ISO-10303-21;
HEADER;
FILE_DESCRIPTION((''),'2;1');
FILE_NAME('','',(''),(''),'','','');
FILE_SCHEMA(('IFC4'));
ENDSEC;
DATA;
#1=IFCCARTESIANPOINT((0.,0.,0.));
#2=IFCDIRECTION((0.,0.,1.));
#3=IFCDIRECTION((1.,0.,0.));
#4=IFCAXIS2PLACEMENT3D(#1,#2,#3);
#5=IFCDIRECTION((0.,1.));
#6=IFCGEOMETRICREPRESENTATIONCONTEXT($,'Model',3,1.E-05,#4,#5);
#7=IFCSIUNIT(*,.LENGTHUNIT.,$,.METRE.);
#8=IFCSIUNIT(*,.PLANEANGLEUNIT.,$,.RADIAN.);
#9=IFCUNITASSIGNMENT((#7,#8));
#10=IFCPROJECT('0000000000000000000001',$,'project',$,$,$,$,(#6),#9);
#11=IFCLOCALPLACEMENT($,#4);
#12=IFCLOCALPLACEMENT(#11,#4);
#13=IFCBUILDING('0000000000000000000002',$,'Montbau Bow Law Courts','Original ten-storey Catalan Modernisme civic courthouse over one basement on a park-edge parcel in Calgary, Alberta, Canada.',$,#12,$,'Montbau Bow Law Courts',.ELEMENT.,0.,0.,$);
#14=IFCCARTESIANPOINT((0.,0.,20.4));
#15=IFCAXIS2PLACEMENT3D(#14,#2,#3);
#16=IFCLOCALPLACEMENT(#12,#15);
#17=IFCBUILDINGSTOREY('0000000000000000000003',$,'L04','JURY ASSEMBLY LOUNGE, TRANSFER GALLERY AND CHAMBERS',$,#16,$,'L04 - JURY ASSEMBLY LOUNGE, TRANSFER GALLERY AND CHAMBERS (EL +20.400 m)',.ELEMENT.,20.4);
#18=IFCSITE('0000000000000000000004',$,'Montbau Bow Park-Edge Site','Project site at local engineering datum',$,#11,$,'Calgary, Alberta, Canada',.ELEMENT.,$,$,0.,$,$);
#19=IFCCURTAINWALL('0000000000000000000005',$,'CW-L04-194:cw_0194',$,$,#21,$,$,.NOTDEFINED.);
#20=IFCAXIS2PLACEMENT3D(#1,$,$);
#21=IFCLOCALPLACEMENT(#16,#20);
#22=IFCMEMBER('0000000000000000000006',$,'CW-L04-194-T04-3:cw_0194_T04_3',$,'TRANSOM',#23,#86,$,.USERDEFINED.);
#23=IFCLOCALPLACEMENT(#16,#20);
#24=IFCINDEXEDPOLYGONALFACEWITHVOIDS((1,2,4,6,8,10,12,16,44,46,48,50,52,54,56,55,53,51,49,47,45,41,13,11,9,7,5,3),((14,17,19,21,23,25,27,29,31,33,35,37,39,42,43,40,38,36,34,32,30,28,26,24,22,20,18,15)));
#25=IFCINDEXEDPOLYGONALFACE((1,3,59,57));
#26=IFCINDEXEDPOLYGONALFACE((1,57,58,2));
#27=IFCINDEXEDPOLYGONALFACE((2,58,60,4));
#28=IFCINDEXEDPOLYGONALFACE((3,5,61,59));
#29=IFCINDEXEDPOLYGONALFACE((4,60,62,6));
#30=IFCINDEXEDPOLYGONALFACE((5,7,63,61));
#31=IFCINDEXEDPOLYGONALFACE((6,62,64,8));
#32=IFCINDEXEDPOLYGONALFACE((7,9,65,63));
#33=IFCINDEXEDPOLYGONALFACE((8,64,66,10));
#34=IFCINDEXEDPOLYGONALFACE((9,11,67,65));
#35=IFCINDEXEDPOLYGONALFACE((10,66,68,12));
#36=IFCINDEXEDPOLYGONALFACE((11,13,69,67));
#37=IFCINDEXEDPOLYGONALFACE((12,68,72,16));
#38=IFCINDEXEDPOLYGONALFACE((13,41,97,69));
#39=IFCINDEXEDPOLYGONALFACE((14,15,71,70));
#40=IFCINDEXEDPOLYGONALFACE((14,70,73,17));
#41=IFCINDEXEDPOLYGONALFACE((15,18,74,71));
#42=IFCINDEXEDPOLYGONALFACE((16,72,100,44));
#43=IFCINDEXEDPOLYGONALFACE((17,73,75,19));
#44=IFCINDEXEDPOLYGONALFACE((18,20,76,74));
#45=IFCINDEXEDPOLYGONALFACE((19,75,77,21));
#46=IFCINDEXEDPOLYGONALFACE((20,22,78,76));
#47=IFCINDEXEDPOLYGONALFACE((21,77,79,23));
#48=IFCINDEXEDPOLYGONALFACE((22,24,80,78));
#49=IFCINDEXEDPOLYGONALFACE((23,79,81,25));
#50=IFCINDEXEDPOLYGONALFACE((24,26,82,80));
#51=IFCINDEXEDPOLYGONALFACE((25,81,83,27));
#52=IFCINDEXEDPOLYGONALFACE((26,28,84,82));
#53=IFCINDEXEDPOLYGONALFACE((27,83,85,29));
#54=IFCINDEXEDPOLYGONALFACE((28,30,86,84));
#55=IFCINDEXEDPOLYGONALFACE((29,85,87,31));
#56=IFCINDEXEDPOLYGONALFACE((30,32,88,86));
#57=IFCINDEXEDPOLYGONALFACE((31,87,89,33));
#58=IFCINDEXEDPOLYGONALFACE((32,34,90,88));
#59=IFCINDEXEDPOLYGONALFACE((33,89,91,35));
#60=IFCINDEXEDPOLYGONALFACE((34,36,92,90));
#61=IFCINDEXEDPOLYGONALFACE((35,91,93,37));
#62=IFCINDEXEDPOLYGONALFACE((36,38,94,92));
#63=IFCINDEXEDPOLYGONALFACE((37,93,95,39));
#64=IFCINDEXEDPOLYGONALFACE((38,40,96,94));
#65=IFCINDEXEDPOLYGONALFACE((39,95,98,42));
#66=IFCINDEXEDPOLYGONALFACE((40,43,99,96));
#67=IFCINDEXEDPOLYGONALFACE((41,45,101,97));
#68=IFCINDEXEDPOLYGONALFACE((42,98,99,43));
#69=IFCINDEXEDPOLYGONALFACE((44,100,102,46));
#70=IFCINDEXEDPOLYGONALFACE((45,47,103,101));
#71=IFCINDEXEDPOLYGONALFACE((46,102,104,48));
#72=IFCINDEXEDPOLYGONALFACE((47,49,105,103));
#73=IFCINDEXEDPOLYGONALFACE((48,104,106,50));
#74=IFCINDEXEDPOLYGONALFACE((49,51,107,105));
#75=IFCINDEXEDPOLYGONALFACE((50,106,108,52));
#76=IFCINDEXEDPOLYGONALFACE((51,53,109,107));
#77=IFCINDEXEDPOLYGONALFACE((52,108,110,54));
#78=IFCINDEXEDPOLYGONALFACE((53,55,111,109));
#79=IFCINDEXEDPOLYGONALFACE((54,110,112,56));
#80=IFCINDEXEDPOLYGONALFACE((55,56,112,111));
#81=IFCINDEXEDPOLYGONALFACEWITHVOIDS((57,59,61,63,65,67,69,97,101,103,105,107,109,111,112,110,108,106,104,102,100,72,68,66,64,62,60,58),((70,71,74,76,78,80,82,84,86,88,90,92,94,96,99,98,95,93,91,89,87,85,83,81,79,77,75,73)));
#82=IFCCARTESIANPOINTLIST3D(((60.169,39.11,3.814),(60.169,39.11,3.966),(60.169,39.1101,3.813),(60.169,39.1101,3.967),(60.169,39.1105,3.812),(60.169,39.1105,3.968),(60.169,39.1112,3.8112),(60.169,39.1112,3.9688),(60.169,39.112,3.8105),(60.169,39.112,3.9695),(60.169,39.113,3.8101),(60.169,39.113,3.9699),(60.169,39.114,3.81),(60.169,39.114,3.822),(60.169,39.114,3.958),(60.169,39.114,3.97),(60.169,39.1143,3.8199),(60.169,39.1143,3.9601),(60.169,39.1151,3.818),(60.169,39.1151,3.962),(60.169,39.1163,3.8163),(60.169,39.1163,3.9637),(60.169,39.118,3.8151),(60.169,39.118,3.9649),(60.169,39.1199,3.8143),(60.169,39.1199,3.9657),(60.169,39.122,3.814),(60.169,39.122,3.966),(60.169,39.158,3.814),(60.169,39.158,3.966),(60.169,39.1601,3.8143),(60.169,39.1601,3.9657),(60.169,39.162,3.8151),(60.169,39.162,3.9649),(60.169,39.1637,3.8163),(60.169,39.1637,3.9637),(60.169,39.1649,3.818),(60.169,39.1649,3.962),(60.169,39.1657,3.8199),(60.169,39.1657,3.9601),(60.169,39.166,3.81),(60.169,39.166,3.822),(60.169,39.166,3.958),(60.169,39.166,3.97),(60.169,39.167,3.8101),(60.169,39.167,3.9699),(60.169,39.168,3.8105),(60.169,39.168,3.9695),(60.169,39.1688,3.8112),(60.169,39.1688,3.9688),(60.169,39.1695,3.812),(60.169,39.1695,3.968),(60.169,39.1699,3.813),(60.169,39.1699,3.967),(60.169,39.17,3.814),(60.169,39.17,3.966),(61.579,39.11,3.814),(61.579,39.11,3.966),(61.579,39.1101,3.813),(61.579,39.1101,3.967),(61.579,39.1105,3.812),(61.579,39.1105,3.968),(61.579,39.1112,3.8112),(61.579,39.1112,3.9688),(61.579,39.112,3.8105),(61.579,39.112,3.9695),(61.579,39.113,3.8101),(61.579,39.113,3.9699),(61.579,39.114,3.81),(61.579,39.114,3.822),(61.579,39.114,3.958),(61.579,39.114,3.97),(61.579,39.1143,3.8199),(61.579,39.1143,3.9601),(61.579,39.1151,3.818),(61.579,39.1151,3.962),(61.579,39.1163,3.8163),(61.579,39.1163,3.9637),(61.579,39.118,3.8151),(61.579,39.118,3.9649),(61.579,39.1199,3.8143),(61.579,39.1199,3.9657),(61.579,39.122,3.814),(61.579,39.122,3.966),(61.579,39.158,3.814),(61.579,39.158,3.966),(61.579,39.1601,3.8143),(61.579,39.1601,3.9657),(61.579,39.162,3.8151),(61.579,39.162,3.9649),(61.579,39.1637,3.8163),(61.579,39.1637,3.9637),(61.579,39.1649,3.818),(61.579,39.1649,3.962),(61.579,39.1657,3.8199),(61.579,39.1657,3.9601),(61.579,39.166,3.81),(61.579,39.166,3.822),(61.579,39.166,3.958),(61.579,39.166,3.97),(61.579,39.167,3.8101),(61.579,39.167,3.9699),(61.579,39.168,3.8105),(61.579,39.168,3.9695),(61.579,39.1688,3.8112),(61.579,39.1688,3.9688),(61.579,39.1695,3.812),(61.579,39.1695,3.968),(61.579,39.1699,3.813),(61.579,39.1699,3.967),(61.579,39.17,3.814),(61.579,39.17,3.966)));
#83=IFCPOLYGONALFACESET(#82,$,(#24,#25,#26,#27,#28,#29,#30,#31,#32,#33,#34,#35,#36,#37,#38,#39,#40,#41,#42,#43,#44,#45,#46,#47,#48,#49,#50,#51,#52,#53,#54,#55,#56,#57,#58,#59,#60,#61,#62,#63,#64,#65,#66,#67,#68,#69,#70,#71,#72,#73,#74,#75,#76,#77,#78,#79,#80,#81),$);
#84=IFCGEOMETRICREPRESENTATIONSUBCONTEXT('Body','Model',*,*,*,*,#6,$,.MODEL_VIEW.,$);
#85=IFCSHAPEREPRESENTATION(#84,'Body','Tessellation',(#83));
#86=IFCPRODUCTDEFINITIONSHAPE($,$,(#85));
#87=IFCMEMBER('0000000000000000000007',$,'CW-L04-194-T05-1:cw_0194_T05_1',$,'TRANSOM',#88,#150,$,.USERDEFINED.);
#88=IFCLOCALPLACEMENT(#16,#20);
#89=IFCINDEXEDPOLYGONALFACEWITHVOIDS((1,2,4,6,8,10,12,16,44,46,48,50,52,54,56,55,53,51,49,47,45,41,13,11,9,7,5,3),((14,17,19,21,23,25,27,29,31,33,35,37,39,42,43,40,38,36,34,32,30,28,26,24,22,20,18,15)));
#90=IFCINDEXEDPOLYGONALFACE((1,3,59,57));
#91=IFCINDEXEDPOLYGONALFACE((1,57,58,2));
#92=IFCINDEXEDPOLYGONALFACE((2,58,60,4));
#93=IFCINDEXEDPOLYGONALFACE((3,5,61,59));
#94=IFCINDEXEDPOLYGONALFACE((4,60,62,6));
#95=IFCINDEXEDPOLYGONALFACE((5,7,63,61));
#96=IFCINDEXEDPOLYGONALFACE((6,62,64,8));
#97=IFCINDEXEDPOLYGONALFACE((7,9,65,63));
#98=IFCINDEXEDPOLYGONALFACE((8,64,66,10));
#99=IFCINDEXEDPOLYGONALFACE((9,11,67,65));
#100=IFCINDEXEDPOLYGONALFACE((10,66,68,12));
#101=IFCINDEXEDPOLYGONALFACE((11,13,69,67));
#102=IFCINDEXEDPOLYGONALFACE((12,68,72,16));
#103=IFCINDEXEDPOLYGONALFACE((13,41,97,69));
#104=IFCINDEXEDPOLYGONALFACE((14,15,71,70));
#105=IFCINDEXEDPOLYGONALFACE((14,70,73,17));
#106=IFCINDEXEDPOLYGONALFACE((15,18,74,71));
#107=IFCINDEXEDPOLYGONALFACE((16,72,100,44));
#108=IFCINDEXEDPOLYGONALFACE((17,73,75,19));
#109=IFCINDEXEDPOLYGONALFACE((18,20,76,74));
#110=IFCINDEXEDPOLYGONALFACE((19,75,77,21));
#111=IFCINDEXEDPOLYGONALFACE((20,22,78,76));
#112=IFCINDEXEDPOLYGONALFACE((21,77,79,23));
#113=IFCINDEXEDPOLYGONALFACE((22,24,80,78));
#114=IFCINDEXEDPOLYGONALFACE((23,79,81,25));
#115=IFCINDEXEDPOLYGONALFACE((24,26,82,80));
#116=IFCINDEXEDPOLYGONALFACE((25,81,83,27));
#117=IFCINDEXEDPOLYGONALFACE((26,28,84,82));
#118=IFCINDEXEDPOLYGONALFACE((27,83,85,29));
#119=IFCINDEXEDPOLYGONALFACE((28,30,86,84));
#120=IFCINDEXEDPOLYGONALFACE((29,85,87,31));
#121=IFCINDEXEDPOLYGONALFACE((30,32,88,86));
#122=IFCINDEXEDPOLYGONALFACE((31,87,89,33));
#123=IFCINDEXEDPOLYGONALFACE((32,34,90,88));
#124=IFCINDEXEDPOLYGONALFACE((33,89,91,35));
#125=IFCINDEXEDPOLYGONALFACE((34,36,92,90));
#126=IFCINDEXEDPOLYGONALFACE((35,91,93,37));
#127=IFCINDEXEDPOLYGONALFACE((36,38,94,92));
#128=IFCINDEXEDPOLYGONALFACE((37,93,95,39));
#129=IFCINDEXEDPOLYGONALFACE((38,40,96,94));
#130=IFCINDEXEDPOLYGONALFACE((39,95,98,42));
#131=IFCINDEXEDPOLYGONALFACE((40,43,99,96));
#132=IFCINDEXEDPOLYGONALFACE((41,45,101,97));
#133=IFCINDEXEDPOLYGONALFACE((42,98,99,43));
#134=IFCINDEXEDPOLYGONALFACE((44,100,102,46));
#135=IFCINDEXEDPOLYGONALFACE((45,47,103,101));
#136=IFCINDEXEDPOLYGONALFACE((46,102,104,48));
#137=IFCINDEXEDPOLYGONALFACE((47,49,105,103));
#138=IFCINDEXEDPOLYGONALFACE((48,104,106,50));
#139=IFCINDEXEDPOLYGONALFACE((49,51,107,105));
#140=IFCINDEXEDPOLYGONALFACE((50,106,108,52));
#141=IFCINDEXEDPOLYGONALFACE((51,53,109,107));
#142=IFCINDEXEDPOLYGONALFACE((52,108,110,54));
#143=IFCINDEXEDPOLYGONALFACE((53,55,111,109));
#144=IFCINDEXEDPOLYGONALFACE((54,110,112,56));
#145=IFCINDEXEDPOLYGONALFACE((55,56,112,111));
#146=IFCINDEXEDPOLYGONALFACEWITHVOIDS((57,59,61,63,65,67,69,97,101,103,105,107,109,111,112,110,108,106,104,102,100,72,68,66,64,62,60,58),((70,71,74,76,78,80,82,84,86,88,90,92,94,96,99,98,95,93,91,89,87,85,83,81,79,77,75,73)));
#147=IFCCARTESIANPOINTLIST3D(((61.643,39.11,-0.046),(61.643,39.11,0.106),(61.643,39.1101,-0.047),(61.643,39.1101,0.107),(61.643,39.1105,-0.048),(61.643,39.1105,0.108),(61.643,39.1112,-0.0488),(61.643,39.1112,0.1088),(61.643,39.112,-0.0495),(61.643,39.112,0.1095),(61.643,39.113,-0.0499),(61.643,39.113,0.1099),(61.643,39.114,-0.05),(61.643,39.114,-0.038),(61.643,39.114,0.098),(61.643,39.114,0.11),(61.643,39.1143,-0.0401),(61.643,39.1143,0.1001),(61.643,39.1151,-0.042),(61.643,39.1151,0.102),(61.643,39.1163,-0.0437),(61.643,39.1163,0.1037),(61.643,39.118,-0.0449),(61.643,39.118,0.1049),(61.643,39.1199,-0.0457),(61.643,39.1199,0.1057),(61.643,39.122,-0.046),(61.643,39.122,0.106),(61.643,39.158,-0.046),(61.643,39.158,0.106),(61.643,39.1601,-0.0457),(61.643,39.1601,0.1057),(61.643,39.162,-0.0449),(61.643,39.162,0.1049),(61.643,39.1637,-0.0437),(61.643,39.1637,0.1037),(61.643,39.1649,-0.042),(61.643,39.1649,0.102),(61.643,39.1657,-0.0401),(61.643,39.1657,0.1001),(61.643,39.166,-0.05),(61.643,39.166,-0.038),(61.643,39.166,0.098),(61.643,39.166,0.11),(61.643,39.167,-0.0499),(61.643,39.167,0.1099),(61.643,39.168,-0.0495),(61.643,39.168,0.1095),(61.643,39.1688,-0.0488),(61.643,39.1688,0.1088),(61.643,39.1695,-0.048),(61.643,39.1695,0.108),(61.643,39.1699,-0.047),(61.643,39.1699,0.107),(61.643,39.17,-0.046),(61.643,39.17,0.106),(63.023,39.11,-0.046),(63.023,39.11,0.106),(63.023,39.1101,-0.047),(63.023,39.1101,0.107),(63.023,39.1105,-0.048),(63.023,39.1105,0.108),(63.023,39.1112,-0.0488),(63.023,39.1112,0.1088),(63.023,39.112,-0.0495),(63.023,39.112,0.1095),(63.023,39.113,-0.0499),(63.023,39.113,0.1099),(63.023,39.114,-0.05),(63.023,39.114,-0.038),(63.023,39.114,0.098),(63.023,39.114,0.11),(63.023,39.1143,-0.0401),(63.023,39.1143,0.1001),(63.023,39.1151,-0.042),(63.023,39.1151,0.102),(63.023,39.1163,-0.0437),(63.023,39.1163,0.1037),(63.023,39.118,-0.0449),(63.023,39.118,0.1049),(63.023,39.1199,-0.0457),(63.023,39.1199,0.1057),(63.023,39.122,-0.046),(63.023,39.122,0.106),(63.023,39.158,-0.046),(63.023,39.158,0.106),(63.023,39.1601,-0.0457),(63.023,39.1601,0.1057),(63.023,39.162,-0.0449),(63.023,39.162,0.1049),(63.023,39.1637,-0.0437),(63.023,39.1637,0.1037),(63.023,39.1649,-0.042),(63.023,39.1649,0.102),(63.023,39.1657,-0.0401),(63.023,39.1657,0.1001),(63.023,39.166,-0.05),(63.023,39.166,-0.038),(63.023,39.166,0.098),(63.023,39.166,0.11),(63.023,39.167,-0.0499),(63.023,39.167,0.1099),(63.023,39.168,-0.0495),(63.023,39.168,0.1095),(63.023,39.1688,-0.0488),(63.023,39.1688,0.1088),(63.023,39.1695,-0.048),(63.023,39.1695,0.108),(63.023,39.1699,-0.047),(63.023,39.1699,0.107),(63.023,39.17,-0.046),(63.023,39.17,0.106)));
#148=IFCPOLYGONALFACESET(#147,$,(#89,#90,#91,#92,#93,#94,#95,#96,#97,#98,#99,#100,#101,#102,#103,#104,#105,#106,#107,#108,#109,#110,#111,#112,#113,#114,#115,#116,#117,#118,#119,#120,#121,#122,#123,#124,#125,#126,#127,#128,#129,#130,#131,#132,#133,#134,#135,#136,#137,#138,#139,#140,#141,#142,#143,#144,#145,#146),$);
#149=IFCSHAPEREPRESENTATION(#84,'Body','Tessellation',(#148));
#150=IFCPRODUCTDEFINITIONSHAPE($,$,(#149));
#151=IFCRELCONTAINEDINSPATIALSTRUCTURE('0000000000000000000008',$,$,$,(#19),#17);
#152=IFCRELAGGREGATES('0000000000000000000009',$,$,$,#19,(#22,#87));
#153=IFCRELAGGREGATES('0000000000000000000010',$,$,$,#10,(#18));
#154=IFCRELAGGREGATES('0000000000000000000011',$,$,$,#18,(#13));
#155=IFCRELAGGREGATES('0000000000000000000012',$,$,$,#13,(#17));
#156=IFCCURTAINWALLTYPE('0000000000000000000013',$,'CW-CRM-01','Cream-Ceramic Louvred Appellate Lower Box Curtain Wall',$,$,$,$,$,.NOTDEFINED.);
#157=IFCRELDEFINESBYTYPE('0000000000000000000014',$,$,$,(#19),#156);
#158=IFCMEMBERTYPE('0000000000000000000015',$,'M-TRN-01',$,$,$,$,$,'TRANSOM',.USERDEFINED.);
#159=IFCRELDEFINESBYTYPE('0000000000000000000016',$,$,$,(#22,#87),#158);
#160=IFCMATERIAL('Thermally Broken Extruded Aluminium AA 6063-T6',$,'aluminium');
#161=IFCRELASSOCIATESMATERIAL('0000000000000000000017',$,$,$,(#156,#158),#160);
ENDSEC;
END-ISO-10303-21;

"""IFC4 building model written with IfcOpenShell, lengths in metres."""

from ifc_helpers import new_model, si_unit, direction, frame, origin_with_axes, origin_2d_with_axis, place, context, subcontext, project, spatial, hollow_rectangle, extrude, material, material_profile, profile_set, type_object, element, aggregate, save


model = new_model("IFC4")

# Units and contexts
model_context = context("Model", 3, precision=1e-05, world=origin_with_axes(), true_north=direction((0.0, 1.0)))
body_context = subcontext(model_context, "Body", "Model", "MODEL_VIEW")
ifc_project = project(units=[si_unit("LENGTHUNIT", "METRE"), si_unit("PLANEANGLEUNIT", "RADIAN")], contexts=[model_context])

# Site, building, storey
site_placement = place(None, origin_with_axes())
site = spatial("IfcSite", under=ifc_project, at=site_placement, Name="Montbau Bow Park-Edge Site", Description="Project site at local engineering datum", LongName="Calgary, Alberta, Canada", CompositionType="ELEMENT", RefElevation=0.0)
building_placement = place(site_placement, origin_with_axes())
building = spatial("IfcBuilding", under=site, at=building_placement, Name="Montbau Bow Law Courts", Description="Original ten-storey Catalan Modernisme civic courthouse over one basement on a park-edge parcel in Calgary, Alberta, Canada.", LongName="Montbau Bow Law Courts", CompositionType="ELEMENT", ElevationOfRefHeight=0.0, ElevationOfTerrain=0.0)
storey_placement = place(building_placement, frame((0.0, 0.0, 20.4), z_axis=(0.0, 0.0, 1.0), x_axis=(1.0, 0.0, 0.0)))
storey = spatial("IfcBuildingStorey", under=building, at=storey_placement, Name="L04", Description="JURY ASSEMBLY LOUNGE, TRANSFER GALLERY AND CHAMBERS", LongName="L04 - JURY ASSEMBLY LOUNGE, TRANSFER GALLERY AND CHAMBERS (EL +20.400 m)", CompositionType="ELEMENT", Elevation=20.4)

# Curtain wall, members
ifc_material_1 = material(Name="Thermally Broken Extruded Aluminium AA 6063-T6", Category="aluminium")
curtain_wall_type = type_object("IfcCurtainWallType", Name="CW-CRM-01", Description="Cream-Ceramic Louvred Appellate Lower Box Curtain Wall", PredefinedType="NOTDEFINED", material=ifc_material_1)
curtain_wall_placement = place(None, frame((55.715, 39.14, 20.4), z_axis=(0.0, 0.0, 1.0), x_axis=(1.0, 0.0, 0.0)))
curtain_wall = element("IfcCurtainWall", 1, at=curtain_wall_placement, inside=storey, type_object=curtain_wall_type, Name="CW-L04-194:cw_0194", PredefinedType="NOTDEFINED")
ifc_material_profile_1 = material_profile(ifc_material_1, hollow_rectangle(XDim=0.06, YDim=0.16, WallThickness=0.004, InnerFilletRadius=0.008, OuterFilletRadius=0.004, at=origin_2d_with_axis()), Name="CWT-160X60", Category="Main", Priority=0)
ifc_profile_set_1 = profile_set([ifc_material_profile_1], Name="Thermally Broken Extruded Aluminium AA 6063-T6")
member_type_1 = type_object("IfcMemberType", Name="M-TRN-01", ElementType="TRANSOM", PredefinedType="USERDEFINED", material=ifc_profile_set_1)
member_1_placement = place(None, frame((60.169, 39.14, 24.29), z_axis=(1.0, 0.0, 0.0), x_axis=(0.0, 1.0, 0.0)))
member_1 = element("IfcMember", 2, at=member_1_placement, type_object=member_type_1, Name="CW-L04-194-T04-3:cw_0194_T04_3", ObjectType="TRANSOM", PredefinedType="USERDEFINED", context=body_context, shape_type="SweptSolid", body=[
    extrude(hollow_rectangle(XDim=0.06, YDim=0.16, WallThickness=0.004, InnerFilletRadius=0.008, OuterFilletRadius=0.004, at=origin_2d_with_axis()), origin_with_axes(), (0.0, 0.0, 1.0), 1.41),
])
member_2_placement = place(None, frame((61.643, 39.14, 20.43), z_axis=(1.0, 0.0, 0.0), x_axis=(0.0, 1.0, 0.0)))
member_2 = element("IfcMember", 3, at=member_2_placement, type_object=member_type_1, Name="CW-L04-194-T05-1:cw_0194_T05_1", ObjectType="TRANSOM", PredefinedType="USERDEFINED", context=body_context, shape_type="SweptSolid", body=[
    extrude(hollow_rectangle(XDim=0.06, YDim=0.16, WallThickness=0.004, InnerFilletRadius=0.008, OuterFilletRadius=0.004, at=origin_2d_with_axis()), origin_with_axes(), (0.0, 0.0, 1.0), 1.38),
])
aggregate(curtain_wall, [member_1, member_2])

save(model, "model.ifc")
